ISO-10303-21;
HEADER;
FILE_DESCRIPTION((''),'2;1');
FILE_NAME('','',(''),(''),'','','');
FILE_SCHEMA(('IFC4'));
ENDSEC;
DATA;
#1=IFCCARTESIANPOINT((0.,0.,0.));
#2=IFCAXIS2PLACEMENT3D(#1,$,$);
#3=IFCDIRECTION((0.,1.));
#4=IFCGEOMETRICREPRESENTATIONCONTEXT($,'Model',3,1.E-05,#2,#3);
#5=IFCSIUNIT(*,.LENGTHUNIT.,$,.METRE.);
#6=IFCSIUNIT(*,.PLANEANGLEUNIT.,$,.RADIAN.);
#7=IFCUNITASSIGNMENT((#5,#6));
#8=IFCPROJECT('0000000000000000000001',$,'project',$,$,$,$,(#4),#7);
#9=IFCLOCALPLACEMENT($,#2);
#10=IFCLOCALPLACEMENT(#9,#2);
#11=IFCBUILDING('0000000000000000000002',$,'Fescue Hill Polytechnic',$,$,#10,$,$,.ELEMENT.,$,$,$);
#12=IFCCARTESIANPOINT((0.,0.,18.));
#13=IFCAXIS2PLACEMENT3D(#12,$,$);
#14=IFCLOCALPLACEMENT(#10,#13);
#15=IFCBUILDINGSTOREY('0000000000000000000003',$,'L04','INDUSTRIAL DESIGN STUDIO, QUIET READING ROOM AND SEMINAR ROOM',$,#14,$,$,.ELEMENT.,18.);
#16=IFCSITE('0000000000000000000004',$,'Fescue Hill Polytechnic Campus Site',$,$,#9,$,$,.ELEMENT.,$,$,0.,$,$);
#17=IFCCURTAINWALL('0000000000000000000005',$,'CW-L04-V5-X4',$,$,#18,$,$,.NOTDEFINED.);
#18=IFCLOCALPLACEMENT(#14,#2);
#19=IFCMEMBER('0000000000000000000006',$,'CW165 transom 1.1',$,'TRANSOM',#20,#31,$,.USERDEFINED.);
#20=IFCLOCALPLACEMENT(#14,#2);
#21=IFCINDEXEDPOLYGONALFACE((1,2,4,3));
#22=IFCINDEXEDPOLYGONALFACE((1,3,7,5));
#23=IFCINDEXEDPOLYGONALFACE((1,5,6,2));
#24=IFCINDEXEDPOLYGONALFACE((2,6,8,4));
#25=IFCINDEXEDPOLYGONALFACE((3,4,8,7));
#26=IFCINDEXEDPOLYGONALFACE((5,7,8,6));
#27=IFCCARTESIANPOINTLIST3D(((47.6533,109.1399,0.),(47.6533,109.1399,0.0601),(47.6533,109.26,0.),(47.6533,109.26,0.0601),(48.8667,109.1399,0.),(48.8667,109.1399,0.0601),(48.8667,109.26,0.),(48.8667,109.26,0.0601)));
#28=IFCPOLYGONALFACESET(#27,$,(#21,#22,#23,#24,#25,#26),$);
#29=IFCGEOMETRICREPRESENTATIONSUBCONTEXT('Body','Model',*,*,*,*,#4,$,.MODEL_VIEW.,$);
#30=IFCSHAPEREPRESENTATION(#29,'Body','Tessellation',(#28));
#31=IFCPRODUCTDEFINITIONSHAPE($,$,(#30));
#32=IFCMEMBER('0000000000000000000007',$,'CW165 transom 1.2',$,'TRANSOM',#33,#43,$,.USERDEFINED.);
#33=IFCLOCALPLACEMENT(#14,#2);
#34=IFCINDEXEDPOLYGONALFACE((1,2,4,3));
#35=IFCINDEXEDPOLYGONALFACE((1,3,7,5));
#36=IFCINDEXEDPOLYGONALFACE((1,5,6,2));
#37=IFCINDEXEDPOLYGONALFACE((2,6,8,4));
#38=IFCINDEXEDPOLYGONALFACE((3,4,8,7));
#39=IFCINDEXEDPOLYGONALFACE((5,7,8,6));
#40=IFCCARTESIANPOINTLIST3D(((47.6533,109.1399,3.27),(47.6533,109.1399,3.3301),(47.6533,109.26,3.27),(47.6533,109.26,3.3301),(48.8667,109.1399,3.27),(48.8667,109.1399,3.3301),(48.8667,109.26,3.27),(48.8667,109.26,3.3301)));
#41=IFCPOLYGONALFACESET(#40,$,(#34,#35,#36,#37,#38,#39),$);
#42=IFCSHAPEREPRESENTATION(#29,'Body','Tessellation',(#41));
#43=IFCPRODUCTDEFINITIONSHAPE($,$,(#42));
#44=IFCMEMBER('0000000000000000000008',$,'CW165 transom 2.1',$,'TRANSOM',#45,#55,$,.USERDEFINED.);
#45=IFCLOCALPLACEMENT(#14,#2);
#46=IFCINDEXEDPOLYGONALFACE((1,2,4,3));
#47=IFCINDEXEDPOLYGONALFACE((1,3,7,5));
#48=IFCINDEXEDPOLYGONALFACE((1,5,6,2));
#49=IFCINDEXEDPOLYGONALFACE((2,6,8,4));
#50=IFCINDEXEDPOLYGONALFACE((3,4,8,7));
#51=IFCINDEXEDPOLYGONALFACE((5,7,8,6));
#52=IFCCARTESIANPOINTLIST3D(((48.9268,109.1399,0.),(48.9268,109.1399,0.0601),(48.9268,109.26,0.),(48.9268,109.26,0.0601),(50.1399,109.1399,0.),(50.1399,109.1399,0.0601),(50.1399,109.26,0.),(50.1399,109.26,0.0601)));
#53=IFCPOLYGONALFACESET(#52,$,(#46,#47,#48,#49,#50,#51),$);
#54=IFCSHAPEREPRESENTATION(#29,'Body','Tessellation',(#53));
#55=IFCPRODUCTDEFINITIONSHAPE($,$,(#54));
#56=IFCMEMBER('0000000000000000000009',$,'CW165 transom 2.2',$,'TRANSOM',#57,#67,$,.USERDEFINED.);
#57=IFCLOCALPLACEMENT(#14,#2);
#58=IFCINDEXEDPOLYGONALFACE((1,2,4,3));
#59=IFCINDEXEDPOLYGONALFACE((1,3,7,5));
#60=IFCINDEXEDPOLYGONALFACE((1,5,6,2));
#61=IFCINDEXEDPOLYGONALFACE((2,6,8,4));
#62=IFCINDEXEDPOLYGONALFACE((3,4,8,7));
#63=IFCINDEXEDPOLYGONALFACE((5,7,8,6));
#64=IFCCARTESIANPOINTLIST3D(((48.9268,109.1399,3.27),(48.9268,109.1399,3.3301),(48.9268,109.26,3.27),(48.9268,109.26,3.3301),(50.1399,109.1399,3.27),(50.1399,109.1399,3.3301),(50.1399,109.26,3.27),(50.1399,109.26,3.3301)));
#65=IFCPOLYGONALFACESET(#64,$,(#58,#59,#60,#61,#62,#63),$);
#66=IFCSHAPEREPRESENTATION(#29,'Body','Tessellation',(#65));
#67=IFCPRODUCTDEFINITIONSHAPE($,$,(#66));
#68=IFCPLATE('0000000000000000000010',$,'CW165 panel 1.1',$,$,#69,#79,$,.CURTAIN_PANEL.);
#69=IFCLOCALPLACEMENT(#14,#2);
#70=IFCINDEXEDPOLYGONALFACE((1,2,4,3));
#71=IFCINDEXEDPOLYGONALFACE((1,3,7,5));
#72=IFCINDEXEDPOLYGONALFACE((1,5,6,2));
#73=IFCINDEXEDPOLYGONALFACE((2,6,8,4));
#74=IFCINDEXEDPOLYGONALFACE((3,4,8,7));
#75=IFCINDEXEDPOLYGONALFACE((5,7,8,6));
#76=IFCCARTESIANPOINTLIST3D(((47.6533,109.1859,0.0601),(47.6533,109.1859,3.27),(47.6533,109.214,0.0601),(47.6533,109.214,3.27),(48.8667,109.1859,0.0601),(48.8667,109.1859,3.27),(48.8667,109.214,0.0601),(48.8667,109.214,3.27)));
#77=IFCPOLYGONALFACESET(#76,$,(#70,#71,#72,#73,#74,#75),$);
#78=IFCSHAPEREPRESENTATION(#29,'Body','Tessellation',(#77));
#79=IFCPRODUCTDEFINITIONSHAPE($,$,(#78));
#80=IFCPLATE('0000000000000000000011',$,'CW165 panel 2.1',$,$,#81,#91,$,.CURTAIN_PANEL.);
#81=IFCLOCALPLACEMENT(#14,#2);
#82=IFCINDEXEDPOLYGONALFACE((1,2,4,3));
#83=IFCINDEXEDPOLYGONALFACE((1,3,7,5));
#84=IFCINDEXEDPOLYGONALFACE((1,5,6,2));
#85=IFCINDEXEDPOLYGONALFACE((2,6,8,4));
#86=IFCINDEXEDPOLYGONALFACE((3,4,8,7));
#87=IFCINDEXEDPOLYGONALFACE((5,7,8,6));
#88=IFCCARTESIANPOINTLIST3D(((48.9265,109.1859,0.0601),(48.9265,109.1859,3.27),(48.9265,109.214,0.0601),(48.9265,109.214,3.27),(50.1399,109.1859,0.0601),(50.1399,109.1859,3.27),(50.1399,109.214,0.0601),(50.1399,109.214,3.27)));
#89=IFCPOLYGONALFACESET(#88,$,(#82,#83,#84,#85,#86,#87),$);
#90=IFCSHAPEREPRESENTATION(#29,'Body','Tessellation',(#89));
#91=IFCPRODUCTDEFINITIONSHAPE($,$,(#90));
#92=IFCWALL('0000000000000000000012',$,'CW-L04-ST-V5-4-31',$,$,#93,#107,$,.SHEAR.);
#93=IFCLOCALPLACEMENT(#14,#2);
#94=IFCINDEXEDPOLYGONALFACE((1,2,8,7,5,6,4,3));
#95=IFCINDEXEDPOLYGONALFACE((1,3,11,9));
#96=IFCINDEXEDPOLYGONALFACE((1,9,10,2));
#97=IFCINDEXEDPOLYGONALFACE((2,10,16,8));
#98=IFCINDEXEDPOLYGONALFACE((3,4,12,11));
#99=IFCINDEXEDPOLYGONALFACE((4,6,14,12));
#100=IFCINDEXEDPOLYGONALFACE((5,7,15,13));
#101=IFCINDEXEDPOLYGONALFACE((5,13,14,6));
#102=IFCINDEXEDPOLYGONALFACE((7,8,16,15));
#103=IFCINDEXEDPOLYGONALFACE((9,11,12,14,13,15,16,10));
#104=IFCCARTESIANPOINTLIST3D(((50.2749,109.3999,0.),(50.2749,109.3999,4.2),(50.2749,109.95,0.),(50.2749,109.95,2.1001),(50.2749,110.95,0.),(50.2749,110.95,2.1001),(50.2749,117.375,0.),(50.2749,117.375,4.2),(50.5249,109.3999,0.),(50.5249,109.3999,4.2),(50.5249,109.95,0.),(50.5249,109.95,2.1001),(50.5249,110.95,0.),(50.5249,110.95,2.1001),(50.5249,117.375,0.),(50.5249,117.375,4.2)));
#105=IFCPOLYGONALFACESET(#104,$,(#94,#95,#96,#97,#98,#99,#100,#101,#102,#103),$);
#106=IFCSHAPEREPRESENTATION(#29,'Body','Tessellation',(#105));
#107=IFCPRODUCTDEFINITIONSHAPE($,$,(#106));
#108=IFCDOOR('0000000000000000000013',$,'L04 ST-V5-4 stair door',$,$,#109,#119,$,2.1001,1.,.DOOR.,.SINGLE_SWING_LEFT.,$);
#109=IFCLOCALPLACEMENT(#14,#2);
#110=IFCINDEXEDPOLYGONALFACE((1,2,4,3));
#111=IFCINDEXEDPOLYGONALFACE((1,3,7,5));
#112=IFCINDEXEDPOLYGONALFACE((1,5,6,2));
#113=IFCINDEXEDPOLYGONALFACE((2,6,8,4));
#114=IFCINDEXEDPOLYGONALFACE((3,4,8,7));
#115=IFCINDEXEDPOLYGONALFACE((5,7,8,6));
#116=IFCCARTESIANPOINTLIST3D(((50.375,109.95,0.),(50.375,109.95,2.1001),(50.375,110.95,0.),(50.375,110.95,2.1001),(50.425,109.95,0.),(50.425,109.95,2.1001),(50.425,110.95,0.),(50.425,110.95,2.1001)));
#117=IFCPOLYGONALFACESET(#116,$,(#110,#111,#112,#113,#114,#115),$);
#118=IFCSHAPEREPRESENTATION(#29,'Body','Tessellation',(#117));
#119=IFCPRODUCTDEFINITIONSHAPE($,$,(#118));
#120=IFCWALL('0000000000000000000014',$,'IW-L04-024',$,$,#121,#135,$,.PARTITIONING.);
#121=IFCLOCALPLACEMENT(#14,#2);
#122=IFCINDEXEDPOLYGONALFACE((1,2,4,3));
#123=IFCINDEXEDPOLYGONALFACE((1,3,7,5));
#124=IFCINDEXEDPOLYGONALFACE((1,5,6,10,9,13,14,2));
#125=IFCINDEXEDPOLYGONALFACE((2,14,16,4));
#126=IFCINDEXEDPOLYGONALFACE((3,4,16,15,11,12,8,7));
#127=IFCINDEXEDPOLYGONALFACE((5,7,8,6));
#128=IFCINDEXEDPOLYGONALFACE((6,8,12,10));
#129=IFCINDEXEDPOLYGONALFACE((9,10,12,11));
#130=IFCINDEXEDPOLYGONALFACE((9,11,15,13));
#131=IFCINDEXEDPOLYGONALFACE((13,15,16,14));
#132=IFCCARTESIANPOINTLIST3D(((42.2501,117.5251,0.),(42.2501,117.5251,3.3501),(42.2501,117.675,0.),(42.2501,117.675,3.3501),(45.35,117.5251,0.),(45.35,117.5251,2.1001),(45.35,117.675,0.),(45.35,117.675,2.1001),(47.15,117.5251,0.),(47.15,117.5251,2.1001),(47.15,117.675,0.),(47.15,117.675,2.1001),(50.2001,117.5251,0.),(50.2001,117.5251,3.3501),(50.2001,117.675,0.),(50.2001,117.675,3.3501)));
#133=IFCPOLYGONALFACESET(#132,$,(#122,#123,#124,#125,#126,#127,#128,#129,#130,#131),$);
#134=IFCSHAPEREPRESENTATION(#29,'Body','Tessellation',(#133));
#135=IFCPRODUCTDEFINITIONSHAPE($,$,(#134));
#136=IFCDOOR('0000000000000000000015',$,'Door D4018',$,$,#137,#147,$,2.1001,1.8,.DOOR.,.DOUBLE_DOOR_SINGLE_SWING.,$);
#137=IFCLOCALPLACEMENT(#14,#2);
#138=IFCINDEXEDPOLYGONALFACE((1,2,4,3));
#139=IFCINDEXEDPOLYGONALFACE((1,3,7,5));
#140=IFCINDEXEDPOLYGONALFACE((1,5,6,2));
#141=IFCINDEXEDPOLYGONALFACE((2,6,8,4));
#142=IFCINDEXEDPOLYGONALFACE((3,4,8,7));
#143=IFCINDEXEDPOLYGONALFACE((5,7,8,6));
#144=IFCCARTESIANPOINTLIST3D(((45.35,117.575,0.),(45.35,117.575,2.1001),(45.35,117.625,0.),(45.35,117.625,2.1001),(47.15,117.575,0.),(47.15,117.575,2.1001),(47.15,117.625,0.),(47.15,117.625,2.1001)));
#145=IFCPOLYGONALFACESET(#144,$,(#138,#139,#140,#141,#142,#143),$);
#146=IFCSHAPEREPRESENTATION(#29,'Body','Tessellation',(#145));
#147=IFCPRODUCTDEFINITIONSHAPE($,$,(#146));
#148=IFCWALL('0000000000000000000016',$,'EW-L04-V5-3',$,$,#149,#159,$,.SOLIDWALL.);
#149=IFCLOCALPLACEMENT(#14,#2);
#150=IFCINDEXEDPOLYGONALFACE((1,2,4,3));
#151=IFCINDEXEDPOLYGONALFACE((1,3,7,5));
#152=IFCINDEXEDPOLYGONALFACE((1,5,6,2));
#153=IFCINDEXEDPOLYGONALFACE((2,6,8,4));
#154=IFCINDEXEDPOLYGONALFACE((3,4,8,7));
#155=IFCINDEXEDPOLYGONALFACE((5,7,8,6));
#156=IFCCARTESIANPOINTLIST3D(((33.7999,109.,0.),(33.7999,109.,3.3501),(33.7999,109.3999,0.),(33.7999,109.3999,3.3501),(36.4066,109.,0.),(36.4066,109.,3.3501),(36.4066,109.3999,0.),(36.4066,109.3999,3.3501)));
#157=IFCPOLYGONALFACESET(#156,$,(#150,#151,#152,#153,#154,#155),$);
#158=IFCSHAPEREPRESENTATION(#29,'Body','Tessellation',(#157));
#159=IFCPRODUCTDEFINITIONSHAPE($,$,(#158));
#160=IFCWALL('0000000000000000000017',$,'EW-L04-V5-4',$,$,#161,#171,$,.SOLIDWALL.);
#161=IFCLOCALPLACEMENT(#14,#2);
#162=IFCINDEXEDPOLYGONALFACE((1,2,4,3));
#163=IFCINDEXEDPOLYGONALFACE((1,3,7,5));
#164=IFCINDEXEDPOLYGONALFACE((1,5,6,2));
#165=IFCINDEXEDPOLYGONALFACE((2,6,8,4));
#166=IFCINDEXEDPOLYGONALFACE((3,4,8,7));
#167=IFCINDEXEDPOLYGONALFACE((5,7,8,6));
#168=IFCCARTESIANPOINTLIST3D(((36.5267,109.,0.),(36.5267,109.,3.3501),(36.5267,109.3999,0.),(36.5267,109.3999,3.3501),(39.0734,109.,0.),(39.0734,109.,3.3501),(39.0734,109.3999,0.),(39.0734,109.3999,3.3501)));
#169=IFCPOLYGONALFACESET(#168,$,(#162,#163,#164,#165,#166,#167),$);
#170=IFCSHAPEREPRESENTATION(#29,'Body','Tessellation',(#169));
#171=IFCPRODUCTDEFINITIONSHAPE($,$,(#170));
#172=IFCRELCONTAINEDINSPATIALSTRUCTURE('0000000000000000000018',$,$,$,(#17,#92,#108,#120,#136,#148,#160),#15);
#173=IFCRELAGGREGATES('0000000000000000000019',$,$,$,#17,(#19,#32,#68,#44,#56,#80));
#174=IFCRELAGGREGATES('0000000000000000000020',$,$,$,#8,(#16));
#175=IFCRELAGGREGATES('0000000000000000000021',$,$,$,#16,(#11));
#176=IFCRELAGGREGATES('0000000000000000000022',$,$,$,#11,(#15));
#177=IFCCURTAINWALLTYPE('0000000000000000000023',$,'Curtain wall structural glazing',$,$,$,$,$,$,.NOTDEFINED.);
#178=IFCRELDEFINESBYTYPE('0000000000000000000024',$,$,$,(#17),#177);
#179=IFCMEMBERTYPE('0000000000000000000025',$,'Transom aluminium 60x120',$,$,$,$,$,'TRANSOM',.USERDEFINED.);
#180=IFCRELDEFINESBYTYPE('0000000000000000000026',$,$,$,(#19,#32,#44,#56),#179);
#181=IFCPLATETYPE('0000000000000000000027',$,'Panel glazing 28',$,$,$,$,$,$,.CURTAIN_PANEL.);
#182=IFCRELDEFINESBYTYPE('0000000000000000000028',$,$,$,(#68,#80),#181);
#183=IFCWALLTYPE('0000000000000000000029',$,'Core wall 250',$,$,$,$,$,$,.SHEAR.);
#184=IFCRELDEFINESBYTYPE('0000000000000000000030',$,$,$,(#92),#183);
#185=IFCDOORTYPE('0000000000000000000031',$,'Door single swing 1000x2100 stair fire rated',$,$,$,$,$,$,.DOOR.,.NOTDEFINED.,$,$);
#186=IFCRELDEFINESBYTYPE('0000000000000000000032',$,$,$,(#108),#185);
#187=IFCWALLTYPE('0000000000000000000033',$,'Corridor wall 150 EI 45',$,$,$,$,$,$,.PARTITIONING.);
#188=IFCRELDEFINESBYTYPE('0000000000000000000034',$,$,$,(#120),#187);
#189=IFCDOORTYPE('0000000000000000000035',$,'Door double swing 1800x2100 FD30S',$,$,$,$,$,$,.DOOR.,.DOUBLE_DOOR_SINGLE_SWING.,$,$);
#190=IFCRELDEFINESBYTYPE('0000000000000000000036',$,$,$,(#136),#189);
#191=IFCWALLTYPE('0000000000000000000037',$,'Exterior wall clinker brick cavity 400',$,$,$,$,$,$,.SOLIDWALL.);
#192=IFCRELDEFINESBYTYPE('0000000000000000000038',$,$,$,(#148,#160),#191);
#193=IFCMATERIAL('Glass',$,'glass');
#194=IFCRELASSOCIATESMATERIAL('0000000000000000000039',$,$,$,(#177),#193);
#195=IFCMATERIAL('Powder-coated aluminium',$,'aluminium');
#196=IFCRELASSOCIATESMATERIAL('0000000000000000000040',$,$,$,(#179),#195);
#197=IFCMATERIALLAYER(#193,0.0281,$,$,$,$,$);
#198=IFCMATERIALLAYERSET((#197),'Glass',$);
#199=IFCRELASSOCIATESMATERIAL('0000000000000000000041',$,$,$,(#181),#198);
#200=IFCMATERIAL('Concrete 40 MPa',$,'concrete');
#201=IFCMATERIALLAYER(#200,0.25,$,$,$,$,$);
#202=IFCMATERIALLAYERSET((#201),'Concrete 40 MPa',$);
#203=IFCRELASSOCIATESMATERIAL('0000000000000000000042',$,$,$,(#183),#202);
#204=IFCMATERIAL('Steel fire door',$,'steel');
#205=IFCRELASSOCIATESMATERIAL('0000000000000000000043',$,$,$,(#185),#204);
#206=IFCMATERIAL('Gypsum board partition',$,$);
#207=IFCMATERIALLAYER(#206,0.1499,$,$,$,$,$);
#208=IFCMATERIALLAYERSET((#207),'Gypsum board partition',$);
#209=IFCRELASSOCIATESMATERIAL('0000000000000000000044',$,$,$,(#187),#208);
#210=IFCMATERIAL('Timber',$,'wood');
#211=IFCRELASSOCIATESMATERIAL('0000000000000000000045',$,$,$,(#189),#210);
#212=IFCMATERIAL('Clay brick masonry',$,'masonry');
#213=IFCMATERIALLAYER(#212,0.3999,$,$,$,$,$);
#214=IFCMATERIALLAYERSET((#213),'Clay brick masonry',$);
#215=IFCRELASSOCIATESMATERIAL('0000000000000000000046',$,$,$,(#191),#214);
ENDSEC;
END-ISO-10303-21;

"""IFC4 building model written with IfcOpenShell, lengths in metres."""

from ifc_helpers import new_model, si_unit, direction, frame, frame_2d, origin, origin_2d, place, context, subcontext, project, spatial, rectangle, extrude, material, layer, layer_set, material_profile, profile_set, type_object, element, fill, aggregate, save


model = new_model("IFC4")

# Units and contexts
model_context = context("Model", 3, precision=1e-05, world=origin(), true_north=direction((0.0, 1.0)))
body_context = subcontext(model_context, "Body", "Model", "MODEL_VIEW")
ifc_project = project(units=[si_unit("LENGTHUNIT", "METRE"), si_unit("PLANEANGLEUNIT", "RADIAN")], contexts=[model_context])

# Site, building, storey
site_placement = place(None, origin())
site = spatial("IfcSite", under=ifc_project, at=site_placement, Name="Fescue Hill Polytechnic Campus Site", CompositionType="ELEMENT", RefElevation=0.0)
building_placement = place(site_placement, origin())
building = spatial("IfcBuilding", under=site, at=building_placement, Name="Fescue Hill Polytechnic", CompositionType="ELEMENT")
storey_placement = place(building_placement, frame((0.0, 0.0, 18.0)))
storey = spatial("IfcBuildingStorey", under=building, at=storey_placement, Name="L04", Description="INDUSTRIAL DESIGN STUDIO, QUIET READING ROOM AND SEMINAR ROOM", CompositionType="ELEMENT", Elevation=18.0)

# Shared definitions
ifc_material_1 = material(Name="Concrete 40 MPa", Category="concrete")

# Curtain wall, members, plates
ifc_material_2 = material(Name="Glass", Category="glass")
curtain_wall_type = type_object("IfcCurtainWallType", Name="Curtain wall structural glazing", PredefinedType="NOTDEFINED", material=ifc_material_2)
curtain_wall_placement = place(storey_placement, origin())
curtain_wall = element("IfcCurtainWall", 1, at=curtain_wall_placement, inside=storey, type_object=curtain_wall_type, Name="CW-L04-V5-X4", PredefinedType="NOTDEFINED")
ifc_material_3 = material(Name="Powder-coated aluminium", Category="aluminium")
ifc_material_profile_1 = material_profile(ifc_material_3, rectangle(XDim=0.1201, YDim=0.0601, at=origin_2d()), Name="Transom aluminium 60x120")
ifc_profile_set_1 = profile_set([ifc_material_profile_1], Name="Powder-coated aluminium")
member_type_1 = type_object("IfcMemberType", Name="Transom aluminium 60x120", ElementType="TRANSOM", PredefinedType="USERDEFINED", material=ifc_profile_set_1)
member_1_placement = place(storey_placement, frame((47.6533, 109.2, 0.03), z_axis=(1.0, 0.0, 0.0), x_axis=(0.0, 1.0, 0.0)))
member_1 = element("IfcMember", 2, at=member_1_placement, type_object=member_type_1, Name="CW165 transom 1.1", ObjectType="TRANSOM", PredefinedType="USERDEFINED", context=body_context, shape_type="SweptSolid", body=[
    extrude(rectangle(XDim=0.1201, YDim=0.0601, at=origin_2d()), origin(), (0.0, 0.0, 1.0), 1.2134),
])
member_2_placement = place(storey_placement, frame((47.6533, 109.2, 3.3), z_axis=(1.0, 0.0, 0.0), x_axis=(0.0, 1.0, 0.0)))
member_2 = element("IfcMember", 3, at=member_2_placement, type_object=member_type_1, Name="CW165 transom 1.2", ObjectType="TRANSOM", PredefinedType="USERDEFINED", context=body_context, shape_type="SweptSolid", body=[
    extrude(rectangle(XDim=0.1201, YDim=0.0601, at=origin_2d()), origin(), (0.0, 0.0, 1.0), 1.2134),
])
member_3_placement = place(storey_placement, frame((48.9268, 109.2, 0.03), z_axis=(1.0, 0.0, 0.0), x_axis=(0.0, 1.0, 0.0)))
member_3 = element("IfcMember", 4, at=member_3_placement, type_object=member_type_1, Name="CW165 transom 2.1", ObjectType="TRANSOM", PredefinedType="USERDEFINED", context=body_context, shape_type="SweptSolid", body=[
    extrude(rectangle(XDim=0.1201, YDim=0.0601, at=origin_2d()), origin(), (0.0, 0.0, 1.0), 1.2131),
])
member_4_placement = place(storey_placement, frame((48.9268, 109.2, 3.3), z_axis=(1.0, 0.0, 0.0), x_axis=(0.0, 1.0, 0.0)))
member_4 = element("IfcMember", 5, at=member_4_placement, type_object=member_type_1, Name="CW165 transom 2.2", ObjectType="TRANSOM", PredefinedType="USERDEFINED", context=body_context, shape_type="SweptSolid", body=[
    extrude(rectangle(XDim=0.1201, YDim=0.0601, at=origin_2d()), origin(), (0.0, 0.0, 1.0), 1.2131),
])
ifc_layer_1 = layer(ifc_material_2, 0.0281)
ifc_layer_set_1 = layer_set([ifc_layer_1], Name="Glass")
plate_type = type_object("IfcPlateType", Name="Panel glazing 28", PredefinedType="CURTAIN_PANEL", material=ifc_layer_set_1)
plate_1_placement = place(storey_placement, frame((48.26, 109.2, 0.0601), z_axis=(0.0, 0.0, 1.0), x_axis=(1.0, 0.0, 0.0)))
plate_1 = element("IfcPlate", 6, at=plate_1_placement, type_object=plate_type, Name="CW165 panel 1.1", PredefinedType="CURTAIN_PANEL", context=body_context, shape_type="SweptSolid", body=[
    extrude(rectangle(XDim=1.2134, YDim=0.0281, at=origin_2d()), origin(), (0.0, 0.0, 1.0), 3.21),
])
plate_2_placement = place(storey_placement, frame((49.5332, 109.2, 0.0601), z_axis=(0.0, 0.0, 1.0), x_axis=(1.0, 0.0, 0.0)))
plate_2 = element("IfcPlate", 7, at=plate_2_placement, type_object=plate_type, Name="CW165 panel 2.1", PredefinedType="CURTAIN_PANEL", context=body_context, shape_type="SweptSolid", body=[
    extrude(rectangle(XDim=1.2134, YDim=0.0281, at=origin_2d()), origin(), (0.0, 0.0, 1.0), 3.21),
])
aggregate(curtain_wall, [member_1, member_2, plate_1, member_3, member_4, plate_2])

# Walls, openings, doors
ifc_layer_2 = layer(ifc_material_1, 0.25)
ifc_layer_set_2 = layer_set([ifc_layer_2], Name="Concrete 40 MPa")
wall_type_1 = type_object("IfcWallType", Name="Core wall 250", PredefinedType="SHEAR", material=ifc_layer_set_2)
wall_1_placement = place(storey_placement, frame((50.3999, 109.3999, 0.0), z_axis=(0.0, 0.0, 1.0), x_axis=(0.0, 1.0, 0.0)))
wall_1 = element("IfcWall", 8, at=wall_1_placement, inside=storey, type_object=wall_type_1, Name="CW-L04-ST-V5-4-31", PredefinedType="SHEAR", context=body_context, shape_type="SweptSolid", body=[
    extrude(rectangle(XDim=7.9751, YDim=0.25, at=frame_2d((3.9875, 0.0))), origin(), (0.0, 0.0, 1.0), 4.2),
])
opening_1_placement = place(wall_1_placement, frame((0.55, 0.0, 0.0)))
opening_1 = element("IfcOpeningElement", 9, at=opening_1_placement, cuts=wall_1, PredefinedType="OPENING", context=body_context, shape_type="SweptSolid", body=[
    extrude(rectangle(XDim=1.0, YDim=2.1001, at=frame_2d((0.5, 1.05))), frame((0.0, 0.135, 0.0), z_axis=(0.0, -1.0, 0.0), x_axis=(1.0, 0.0, 0.0)), (0.0, 0.0, 1.0), 0.27),
])
ifc_material_4 = material(Name="Steel fire door", Category="steel")
door_type_1 = type_object("IfcDoorType", Name="Door single swing 1000x2100 stair fire rated", OperationType="NOTDEFINED", PredefinedType="DOOR", material=ifc_material_4)
door_1_placement = place(opening_1_placement, origin())
door_1 = element("IfcDoor", 10, at=door_1_placement, inside=storey, type_object=door_type_1, Name="L04 ST-V5-4 stair door", OperationType="SINGLE_SWING_LEFT", OverallHeight=2.1001, OverallWidth=1.0, PredefinedType="DOOR", context=body_context, shape_type="SweptSolid", body=[
    extrude(rectangle(XDim=1.0, YDim=2.1001, at=frame_2d((0.5, 1.05))), frame((0.0, 0.0249, 0.0), z_axis=(0.0, -1.0, 0.0), x_axis=(1.0, 0.0, 0.0)), (0.0, 0.0, 1.0), 0.05),
])
fill(opening_1, door_1)
ifc_material_5 = material(Name="Gypsum board partition")
ifc_layer_3 = layer(ifc_material_5, 0.1499)
ifc_layer_set_3 = layer_set([ifc_layer_3], Name="Gypsum board partition")
wall_type_2 = type_object("IfcWallType", Name="Corridor wall 150 EI 45", PredefinedType="PARTITIONING", material=ifc_layer_set_3)
wall_2_placement = place(storey_placement, frame((42.25, 117.6001, 0.0), z_axis=(0.0, 0.0, 1.0), x_axis=(1.0, 0.0, 0.0)))
wall_2 = element("IfcWall", 11, at=wall_2_placement, inside=storey, type_object=wall_type_2, Name="IW-L04-024", PredefinedType="PARTITIONING", context=body_context, shape_type="SweptSolid", body=[
    extrude(rectangle(XDim=7.95, YDim=0.1499, at=frame_2d((3.9751, 0.0))), origin(), (0.0, 0.0, 1.0), 3.3501),
])
opening_2_placement = place(wall_2_placement, frame((3.1001, 0.0, 0.0)))
opening_2 = element("IfcOpeningElement", 12, at=opening_2_placement, cuts=wall_2, PredefinedType="OPENING", context=body_context, shape_type="SweptSolid", body=[
    extrude(rectangle(XDim=1.8, YDim=2.1001, at=frame_2d((0.8999, 1.05))), frame((0.0, 0.085, 0.0), z_axis=(0.0, -1.0, 0.0), x_axis=(1.0, 0.0, 0.0)), (0.0, 0.0, 1.0), 0.1699),
])
ifc_material_6 = material(Name="Timber", Category="wood")
door_type_2 = type_object("IfcDoorType", Name="Door double swing 1800x2100 FD30S", OperationType="DOUBLE_DOOR_SINGLE_SWING", PredefinedType="DOOR", material=ifc_material_6)
door_2_placement = place(opening_2_placement, origin())
door_2 = element("IfcDoor", 13, at=door_2_placement, inside=storey, type_object=door_type_2, Name="Door D4018", OperationType="DOUBLE_DOOR_SINGLE_SWING", OverallHeight=2.1001, OverallWidth=1.8, PredefinedType="DOOR", context=body_context, shape_type="SweptSolid", body=[
    extrude(rectangle(XDim=1.8, YDim=2.1001, at=frame_2d((0.8999, 1.05))), frame((0.0, 0.0249, 0.0), z_axis=(0.0, -1.0, 0.0), x_axis=(1.0, 0.0, 0.0)), (0.0, 0.0, 1.0), 0.05),
])
fill(opening_2, door_2)

# Walls
ifc_material_7 = material(Name="Clay brick masonry", Category="masonry")
ifc_layer_4 = layer(ifc_material_7, 0.3999)
ifc_layer_set_4 = layer_set([ifc_layer_4], Name="Clay brick masonry")
wall_type_3 = type_object("IfcWallType", Name="Exterior wall clinker brick cavity 400", PredefinedType="SOLIDWALL", material=ifc_layer_set_4)
wall_3_placement = place(storey_placement, frame((33.8, 109.2, 0.0), z_axis=(0.0, 0.0, 1.0), x_axis=(1.0, 0.0, 0.0)))
element("IfcWall", 14, at=wall_3_placement, inside=storey, type_object=wall_type_3, Name="EW-L04-V5-3", PredefinedType="SOLIDWALL", context=body_context, shape_type="SweptSolid", body=[
    extrude(rectangle(XDim=2.6067, YDim=0.3999, at=frame_2d((1.3032, 0.0))), origin(), (0.0, 0.0, 1.0), 3.3501),
])
wall_4_placement = place(storey_placement, frame((36.5266, 109.2, 0.0), z_axis=(0.0, 0.0, 1.0), x_axis=(1.0, 0.0, 0.0)))
element("IfcWall", 15, at=wall_4_placement, inside=storey, type_object=wall_type_3, Name="EW-L04-V5-4", PredefinedType="SOLIDWALL", context=body_context, shape_type="SweptSolid", body=[
    extrude(rectangle(XDim=2.5466, YDim=0.3999, at=frame_2d((1.2734, 0.0))), origin(), (0.0, 0.0, 1.0), 3.3501),
])

save(model, "model.ifc")
